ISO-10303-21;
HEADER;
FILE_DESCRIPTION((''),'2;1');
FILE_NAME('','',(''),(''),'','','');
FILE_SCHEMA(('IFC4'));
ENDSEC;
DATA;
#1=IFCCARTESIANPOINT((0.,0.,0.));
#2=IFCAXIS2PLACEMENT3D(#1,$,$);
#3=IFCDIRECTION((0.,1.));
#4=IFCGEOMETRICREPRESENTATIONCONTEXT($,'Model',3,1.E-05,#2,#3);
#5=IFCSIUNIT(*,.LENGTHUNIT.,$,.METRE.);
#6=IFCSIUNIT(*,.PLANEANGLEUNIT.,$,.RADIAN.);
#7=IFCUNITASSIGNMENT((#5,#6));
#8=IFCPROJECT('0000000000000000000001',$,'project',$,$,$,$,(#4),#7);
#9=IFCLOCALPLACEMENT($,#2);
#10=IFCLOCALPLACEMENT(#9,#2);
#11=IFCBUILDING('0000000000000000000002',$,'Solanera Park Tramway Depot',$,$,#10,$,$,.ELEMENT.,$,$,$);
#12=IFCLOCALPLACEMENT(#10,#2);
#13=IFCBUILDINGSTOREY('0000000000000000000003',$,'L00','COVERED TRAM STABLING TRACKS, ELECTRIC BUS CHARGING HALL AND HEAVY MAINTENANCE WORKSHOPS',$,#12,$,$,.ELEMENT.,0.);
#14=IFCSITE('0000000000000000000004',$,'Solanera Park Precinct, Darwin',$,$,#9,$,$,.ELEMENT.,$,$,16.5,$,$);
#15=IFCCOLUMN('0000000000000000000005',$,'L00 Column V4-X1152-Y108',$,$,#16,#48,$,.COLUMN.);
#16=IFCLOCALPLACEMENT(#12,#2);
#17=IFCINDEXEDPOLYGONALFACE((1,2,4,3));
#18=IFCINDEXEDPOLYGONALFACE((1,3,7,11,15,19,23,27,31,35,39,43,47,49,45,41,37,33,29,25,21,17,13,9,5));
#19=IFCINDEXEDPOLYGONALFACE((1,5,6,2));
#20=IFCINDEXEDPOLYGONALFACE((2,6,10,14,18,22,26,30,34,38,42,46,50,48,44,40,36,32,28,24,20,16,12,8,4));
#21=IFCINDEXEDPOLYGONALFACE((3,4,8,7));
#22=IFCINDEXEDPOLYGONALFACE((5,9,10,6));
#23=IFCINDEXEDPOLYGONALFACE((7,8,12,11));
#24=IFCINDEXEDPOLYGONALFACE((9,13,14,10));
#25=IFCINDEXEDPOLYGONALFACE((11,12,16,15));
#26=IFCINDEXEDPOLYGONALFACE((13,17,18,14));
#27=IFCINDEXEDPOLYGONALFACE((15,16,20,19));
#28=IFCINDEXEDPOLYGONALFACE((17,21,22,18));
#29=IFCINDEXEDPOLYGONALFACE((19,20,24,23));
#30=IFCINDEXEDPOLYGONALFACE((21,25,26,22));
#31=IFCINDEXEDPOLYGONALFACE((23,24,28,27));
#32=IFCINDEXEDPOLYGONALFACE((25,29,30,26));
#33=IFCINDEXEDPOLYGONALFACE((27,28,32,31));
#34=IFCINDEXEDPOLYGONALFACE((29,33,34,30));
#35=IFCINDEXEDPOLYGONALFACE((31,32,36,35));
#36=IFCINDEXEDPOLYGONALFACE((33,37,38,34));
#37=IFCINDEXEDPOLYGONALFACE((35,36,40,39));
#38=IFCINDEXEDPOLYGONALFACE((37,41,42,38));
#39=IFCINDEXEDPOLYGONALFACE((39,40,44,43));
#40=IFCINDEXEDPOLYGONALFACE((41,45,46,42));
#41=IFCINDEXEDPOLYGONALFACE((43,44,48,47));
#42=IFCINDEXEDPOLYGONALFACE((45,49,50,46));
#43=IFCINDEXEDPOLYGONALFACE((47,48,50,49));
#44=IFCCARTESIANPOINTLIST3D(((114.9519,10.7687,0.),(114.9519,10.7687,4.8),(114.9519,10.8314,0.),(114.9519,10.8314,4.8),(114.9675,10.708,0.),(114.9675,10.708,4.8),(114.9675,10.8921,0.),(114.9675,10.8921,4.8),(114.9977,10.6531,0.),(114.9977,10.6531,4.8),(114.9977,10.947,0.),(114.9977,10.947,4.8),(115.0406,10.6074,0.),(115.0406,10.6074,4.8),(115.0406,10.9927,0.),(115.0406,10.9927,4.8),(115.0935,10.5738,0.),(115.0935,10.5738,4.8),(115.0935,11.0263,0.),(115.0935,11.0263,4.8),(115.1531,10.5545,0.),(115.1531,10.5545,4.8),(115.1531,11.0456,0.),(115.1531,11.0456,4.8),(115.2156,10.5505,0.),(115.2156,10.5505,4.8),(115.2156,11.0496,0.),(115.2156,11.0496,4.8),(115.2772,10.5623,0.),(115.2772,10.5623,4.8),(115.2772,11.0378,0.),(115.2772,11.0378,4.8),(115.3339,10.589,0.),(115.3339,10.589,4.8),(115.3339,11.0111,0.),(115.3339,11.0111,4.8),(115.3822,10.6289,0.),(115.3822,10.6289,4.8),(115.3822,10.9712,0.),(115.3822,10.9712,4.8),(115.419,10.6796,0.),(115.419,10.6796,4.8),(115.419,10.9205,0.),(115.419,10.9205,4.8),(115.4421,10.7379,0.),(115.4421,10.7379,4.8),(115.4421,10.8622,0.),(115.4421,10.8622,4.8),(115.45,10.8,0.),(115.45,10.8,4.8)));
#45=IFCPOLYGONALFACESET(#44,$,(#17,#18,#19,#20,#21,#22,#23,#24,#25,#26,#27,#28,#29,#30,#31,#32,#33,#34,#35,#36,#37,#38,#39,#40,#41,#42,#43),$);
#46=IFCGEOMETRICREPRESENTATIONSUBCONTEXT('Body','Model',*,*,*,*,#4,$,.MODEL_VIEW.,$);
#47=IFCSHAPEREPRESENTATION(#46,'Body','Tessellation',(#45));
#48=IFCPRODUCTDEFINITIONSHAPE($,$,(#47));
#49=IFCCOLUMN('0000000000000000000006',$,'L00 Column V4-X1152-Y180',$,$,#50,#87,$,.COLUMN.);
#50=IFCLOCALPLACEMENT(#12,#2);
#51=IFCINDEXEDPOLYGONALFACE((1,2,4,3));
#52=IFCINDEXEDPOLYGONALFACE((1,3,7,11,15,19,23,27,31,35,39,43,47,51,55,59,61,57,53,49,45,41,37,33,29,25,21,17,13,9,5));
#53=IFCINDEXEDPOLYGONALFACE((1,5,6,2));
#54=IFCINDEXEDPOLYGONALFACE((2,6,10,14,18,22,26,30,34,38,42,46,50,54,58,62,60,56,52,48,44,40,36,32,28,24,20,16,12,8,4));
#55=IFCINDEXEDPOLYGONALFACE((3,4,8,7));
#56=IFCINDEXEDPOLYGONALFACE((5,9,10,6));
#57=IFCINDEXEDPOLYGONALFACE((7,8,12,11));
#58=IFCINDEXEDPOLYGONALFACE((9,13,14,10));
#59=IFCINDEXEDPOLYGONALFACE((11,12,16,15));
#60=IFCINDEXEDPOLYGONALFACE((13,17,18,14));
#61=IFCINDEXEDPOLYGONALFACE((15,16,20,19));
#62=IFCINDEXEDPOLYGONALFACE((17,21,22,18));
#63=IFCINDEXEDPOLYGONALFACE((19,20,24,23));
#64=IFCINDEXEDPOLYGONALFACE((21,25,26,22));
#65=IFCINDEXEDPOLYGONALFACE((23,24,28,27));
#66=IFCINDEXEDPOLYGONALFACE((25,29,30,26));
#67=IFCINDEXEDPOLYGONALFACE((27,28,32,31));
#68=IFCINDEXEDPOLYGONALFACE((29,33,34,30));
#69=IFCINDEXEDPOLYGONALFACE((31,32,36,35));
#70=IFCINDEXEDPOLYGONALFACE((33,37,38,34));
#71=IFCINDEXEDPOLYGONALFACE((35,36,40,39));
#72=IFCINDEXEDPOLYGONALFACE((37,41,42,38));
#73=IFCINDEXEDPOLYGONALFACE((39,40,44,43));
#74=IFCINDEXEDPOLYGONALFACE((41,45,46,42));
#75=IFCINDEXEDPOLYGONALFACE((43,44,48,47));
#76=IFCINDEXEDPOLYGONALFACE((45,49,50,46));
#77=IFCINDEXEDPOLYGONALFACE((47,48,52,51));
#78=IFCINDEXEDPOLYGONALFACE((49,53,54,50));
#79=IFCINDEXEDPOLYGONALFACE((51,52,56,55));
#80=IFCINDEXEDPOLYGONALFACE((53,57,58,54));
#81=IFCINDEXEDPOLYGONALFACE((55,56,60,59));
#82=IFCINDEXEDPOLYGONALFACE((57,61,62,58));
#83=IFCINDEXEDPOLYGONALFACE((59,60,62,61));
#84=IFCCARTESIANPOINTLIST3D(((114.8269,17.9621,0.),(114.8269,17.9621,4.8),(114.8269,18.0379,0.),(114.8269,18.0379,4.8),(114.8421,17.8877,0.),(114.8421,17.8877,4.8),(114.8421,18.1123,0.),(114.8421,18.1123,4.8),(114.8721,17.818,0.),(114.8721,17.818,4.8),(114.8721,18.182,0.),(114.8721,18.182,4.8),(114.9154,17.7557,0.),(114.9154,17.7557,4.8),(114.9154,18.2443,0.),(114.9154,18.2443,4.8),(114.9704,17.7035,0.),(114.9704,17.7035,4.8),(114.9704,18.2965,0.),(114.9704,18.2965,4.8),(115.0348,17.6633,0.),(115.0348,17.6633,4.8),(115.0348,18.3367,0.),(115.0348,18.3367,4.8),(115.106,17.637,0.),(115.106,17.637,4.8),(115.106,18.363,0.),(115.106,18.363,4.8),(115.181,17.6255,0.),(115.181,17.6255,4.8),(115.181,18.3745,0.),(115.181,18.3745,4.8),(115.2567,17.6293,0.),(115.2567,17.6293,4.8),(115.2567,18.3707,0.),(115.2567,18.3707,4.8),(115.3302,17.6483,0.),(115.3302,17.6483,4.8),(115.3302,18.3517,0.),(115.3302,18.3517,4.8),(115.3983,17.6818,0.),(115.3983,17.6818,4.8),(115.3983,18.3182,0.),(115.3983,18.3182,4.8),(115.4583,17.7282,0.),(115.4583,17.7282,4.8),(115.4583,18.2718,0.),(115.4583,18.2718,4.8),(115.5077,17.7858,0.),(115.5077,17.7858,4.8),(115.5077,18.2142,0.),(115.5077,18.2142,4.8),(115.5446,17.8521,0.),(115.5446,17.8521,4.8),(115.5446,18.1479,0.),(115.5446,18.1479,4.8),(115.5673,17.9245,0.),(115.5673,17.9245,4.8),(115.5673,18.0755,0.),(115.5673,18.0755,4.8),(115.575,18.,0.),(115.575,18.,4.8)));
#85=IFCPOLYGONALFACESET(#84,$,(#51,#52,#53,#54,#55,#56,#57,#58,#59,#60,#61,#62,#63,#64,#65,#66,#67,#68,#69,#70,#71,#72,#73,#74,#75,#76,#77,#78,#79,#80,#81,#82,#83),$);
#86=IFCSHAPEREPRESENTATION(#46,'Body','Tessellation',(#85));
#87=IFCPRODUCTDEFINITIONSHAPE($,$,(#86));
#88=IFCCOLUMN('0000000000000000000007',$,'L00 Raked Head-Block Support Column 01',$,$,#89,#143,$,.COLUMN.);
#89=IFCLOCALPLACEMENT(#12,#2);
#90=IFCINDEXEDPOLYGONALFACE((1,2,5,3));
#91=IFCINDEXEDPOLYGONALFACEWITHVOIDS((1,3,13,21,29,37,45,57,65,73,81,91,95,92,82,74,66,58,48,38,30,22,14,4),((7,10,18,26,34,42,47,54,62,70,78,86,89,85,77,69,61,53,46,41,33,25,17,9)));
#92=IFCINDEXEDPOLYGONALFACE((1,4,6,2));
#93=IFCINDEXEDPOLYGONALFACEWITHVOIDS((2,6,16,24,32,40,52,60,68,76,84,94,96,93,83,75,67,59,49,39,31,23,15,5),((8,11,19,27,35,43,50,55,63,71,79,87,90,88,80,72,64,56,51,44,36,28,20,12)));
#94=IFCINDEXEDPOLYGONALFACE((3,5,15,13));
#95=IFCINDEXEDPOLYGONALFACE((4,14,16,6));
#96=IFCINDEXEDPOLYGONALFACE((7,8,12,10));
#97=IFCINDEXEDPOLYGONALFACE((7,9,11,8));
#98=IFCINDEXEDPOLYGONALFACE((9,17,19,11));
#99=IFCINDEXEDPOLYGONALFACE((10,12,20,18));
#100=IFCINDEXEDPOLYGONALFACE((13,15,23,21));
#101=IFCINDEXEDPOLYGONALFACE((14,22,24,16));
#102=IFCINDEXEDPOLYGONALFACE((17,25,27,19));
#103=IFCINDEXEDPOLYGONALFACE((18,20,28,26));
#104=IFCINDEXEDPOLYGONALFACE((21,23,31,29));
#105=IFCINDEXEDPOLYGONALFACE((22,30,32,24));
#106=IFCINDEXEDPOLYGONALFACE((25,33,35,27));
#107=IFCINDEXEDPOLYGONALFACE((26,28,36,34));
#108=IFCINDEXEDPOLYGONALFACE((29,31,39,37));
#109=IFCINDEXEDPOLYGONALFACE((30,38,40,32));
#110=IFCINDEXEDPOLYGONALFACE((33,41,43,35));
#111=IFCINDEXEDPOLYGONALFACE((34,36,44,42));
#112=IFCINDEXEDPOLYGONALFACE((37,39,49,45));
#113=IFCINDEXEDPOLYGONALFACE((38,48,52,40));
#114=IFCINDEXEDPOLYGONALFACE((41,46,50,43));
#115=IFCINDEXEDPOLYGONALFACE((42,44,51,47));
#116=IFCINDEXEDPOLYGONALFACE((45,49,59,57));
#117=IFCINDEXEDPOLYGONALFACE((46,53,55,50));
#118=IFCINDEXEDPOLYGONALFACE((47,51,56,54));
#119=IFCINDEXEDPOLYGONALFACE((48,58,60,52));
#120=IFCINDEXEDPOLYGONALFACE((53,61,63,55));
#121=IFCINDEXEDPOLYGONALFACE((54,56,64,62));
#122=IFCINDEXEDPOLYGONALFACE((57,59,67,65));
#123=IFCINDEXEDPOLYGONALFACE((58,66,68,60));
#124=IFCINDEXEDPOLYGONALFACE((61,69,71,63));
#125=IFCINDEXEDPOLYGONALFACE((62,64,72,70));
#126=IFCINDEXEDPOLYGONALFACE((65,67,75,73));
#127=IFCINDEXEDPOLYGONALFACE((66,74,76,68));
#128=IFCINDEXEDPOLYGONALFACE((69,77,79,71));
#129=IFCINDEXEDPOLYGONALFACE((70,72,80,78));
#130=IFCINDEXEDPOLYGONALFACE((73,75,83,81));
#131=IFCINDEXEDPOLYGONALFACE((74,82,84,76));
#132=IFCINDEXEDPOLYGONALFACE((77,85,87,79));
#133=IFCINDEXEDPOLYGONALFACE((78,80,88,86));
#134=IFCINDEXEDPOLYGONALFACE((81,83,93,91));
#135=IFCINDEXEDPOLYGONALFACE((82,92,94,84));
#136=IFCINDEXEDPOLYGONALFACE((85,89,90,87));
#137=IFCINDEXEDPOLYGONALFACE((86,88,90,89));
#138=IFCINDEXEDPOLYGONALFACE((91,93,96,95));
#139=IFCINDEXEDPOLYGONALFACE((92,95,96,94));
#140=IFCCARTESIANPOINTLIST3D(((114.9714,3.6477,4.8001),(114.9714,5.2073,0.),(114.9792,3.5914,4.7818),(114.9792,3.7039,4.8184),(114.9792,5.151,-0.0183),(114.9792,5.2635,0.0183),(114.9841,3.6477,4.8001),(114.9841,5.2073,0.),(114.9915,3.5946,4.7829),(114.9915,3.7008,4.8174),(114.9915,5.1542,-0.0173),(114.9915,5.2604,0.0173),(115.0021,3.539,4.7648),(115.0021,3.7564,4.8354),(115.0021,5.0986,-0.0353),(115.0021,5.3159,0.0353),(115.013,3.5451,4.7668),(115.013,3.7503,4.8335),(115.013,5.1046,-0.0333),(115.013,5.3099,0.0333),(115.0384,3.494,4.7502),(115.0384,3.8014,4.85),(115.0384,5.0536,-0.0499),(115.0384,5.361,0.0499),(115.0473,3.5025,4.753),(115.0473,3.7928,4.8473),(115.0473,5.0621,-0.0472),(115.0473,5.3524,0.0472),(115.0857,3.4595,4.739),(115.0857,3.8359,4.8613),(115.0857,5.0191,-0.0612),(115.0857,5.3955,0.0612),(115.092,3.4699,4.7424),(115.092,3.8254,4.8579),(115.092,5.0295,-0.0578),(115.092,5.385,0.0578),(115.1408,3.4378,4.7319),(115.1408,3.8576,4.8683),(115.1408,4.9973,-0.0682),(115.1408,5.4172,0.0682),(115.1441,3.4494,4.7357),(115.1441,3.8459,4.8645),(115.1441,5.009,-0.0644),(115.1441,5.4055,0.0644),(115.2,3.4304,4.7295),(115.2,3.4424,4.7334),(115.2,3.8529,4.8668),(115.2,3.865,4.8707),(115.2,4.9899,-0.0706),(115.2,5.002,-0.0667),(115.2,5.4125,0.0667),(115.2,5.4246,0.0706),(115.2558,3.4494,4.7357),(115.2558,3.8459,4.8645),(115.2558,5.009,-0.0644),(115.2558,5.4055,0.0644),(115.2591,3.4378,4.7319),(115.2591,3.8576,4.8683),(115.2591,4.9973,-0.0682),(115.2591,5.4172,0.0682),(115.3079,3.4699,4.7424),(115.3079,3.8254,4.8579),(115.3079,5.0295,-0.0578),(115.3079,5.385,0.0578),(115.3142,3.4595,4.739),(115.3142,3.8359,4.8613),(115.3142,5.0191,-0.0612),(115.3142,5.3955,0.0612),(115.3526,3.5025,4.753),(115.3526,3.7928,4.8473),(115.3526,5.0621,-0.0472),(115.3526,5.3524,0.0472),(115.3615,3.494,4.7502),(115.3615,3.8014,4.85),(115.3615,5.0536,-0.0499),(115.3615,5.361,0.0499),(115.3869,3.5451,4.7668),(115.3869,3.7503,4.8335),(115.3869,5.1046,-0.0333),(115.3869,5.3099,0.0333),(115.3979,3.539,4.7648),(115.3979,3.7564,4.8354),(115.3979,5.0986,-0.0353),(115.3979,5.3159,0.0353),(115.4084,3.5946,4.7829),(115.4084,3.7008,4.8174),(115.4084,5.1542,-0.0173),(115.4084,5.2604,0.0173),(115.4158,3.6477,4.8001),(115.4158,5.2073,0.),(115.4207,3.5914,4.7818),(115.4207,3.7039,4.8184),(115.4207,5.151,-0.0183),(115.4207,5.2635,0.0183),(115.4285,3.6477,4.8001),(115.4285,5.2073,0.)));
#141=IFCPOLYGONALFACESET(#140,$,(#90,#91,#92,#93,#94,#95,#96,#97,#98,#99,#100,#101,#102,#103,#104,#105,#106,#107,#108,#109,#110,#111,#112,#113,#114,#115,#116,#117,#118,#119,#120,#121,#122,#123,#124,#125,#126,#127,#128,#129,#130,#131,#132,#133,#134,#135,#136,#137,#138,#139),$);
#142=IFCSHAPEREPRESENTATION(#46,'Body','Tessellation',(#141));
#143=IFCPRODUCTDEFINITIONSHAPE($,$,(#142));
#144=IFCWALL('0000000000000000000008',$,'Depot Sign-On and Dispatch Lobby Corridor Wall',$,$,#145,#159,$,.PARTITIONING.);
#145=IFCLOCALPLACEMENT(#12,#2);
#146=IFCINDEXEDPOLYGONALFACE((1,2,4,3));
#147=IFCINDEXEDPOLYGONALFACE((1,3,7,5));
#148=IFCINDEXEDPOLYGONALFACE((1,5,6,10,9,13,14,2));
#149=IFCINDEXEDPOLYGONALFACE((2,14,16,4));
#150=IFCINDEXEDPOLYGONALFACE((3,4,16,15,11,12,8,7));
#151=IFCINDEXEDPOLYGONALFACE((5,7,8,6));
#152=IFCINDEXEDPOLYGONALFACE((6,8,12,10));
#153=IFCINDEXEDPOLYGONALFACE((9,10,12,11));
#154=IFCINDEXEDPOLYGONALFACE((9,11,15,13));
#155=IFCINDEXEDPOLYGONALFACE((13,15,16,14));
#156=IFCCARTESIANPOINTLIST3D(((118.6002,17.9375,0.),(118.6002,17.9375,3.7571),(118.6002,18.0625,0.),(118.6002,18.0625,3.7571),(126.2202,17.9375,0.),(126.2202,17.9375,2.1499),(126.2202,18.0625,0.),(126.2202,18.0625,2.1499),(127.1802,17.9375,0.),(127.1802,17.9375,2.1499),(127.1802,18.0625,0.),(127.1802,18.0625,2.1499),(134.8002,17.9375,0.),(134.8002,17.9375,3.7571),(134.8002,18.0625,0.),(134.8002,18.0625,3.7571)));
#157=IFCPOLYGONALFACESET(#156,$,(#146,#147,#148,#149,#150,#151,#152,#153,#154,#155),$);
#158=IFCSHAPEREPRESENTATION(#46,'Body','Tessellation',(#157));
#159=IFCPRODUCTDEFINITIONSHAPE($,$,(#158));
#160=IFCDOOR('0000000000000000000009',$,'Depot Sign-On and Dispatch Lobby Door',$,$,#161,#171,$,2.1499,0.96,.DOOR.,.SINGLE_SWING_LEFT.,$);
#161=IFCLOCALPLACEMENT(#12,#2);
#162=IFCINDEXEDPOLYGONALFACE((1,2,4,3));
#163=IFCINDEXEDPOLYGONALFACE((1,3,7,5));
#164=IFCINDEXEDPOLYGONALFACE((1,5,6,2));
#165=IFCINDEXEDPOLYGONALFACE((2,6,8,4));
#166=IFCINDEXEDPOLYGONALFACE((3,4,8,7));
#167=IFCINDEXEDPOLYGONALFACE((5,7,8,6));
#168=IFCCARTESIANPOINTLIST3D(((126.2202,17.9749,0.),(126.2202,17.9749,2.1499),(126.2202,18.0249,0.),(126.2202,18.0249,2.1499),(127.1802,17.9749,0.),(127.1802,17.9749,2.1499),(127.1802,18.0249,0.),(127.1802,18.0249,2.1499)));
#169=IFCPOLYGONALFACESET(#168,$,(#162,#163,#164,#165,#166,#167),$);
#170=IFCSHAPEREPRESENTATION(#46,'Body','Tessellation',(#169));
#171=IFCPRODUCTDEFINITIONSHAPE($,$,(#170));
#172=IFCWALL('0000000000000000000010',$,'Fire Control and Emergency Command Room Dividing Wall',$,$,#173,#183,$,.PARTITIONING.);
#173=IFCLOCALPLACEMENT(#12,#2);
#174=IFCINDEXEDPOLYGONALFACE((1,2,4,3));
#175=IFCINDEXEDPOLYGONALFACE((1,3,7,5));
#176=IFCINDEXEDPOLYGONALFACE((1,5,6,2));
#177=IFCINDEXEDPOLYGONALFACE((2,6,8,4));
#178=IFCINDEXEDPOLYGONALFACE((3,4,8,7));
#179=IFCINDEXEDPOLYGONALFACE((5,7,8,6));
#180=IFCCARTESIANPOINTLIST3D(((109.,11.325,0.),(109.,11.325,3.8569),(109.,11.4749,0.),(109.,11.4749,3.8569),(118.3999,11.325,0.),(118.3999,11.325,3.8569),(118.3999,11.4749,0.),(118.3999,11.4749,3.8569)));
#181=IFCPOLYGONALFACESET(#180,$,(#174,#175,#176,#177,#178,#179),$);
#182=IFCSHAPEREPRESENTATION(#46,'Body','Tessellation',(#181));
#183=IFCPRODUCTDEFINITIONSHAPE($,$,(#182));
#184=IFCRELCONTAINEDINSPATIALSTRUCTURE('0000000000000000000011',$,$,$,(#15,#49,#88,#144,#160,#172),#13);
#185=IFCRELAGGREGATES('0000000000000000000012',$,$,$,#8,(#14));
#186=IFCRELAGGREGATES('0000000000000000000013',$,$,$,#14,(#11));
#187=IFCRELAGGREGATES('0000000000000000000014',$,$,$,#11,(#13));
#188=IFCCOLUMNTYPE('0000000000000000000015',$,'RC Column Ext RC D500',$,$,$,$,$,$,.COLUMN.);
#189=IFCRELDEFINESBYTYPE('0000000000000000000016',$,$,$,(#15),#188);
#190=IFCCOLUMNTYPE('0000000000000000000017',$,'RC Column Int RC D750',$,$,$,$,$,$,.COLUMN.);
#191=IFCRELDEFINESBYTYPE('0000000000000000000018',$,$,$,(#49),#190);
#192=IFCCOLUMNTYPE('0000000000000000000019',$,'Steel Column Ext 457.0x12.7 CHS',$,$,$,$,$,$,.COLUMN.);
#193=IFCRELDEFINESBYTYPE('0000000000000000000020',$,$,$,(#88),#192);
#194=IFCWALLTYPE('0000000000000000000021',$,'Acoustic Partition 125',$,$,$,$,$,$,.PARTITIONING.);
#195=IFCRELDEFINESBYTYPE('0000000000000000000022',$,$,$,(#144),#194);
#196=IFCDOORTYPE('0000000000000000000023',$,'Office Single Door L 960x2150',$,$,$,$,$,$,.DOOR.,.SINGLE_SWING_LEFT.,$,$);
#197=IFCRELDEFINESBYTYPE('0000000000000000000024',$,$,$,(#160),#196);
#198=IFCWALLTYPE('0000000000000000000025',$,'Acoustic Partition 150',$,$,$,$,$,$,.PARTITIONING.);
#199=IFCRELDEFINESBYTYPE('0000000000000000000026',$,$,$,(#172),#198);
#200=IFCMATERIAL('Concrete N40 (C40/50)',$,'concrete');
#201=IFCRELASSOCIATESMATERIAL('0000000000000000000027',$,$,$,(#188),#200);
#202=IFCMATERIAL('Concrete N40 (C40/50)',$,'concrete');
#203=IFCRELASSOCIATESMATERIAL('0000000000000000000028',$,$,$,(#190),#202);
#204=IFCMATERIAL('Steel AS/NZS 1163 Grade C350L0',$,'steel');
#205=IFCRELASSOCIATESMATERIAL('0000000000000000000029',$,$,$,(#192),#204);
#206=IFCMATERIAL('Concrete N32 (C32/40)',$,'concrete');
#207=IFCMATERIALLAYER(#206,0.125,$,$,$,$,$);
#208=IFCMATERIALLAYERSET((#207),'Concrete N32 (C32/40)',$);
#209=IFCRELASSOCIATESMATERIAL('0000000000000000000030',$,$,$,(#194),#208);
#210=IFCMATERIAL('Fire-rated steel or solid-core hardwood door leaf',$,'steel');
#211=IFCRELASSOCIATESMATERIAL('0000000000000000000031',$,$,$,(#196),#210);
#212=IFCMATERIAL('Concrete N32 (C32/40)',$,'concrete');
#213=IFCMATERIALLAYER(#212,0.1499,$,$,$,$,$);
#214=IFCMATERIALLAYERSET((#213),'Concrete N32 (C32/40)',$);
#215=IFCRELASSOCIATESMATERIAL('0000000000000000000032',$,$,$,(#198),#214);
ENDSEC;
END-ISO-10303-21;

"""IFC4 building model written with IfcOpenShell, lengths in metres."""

from ifc_helpers import new_model, si_unit, direction, frame, frame_2d, origin, origin_2d, place, context, subcontext, project, spatial, rectangle, circle, hollow_circle, extrude, material, layer, layer_set, material_profile, profile_set, type_object, element, fill, save


model = new_model("IFC4")

# Units and contexts
model_context = context("Model", 3, precision=1e-05, world=origin(), true_north=direction((0.0, 1.0)))
body_context = subcontext(model_context, "Body", "Model", "MODEL_VIEW")
ifc_project = project(units=[si_unit("LENGTHUNIT", "METRE"), si_unit("PLANEANGLEUNIT", "RADIAN")], contexts=[model_context])

# Site, building, storey
site_placement = place(None, origin())
site = spatial("IfcSite", under=ifc_project, at=site_placement, Name="Solanera Park Precinct, Darwin", CompositionType="ELEMENT", RefElevation=16.5)
building_placement = place(site_placement, origin())
building = spatial("IfcBuilding", under=site, at=building_placement, Name="Solanera Park Tramway Depot", CompositionType="ELEMENT")
storey_placement = place(building_placement, origin())
storey = spatial("IfcBuildingStorey", under=building, at=storey_placement, Name="L00", Description="COVERED TRAM STABLING TRACKS, ELECTRIC BUS CHARGING HALL AND HEAVY MAINTENANCE WORKSHOPS", CompositionType="ELEMENT", Elevation=0.0)

# Columns
ifc_material_1 = material(Name="Concrete N40 (C40/50)", Category="concrete")
ifc_material_profile_1 = material_profile(ifc_material_1, circle(Radius=0.25, at=origin_2d()), Name="RC D500")
ifc_profile_set_1 = profile_set([ifc_material_profile_1], Name="Concrete N40 (C40/50)")
column_type_1 = type_object("IfcColumnType", Name="RC Column Ext RC D500", PredefinedType="COLUMN", material=ifc_profile_set_1)
column_1_placement = place(storey_placement, frame((115.2, 10.8, 0.0), z_axis=(0.0, 0.0, 1.0), x_axis=(1.0, 0.0, 0.0)))
element("IfcColumn", 1, at=column_1_placement, inside=storey, type_object=column_type_1, Name="L00 Column V4-X1152-Y108", PredefinedType="COLUMN", context=body_context, shape_type="SweptSolid", body=[
    extrude(circle(Radius=0.25, at=origin_2d()), origin(), (0.0, 0.0, 1.0), 4.8),
])
ifc_material_2 = material(Name="Concrete N40 (C40/50)", Category="concrete")
ifc_material_profile_2 = material_profile(ifc_material_2, circle(Radius=0.375, at=origin_2d()), Name="RC D750")
ifc_profile_set_2 = profile_set([ifc_material_profile_2], Name="Concrete N40 (C40/50)")
column_type_2 = type_object("IfcColumnType", Name="RC Column Int RC D750", PredefinedType="COLUMN", material=ifc_profile_set_2)
column_2_placement = place(storey_placement, frame((115.2, 18.0, 0.0), z_axis=(0.0, 0.0, 1.0), x_axis=(1.0, 0.0, 0.0)))
element("IfcColumn", 2, at=column_2_placement, inside=storey, type_object=column_type_2, Name="L00 Column V4-X1152-Y180", PredefinedType="COLUMN", context=body_context, shape_type="SweptSolid", body=[
    extrude(circle(Radius=0.375, at=origin_2d()), origin(), (0.0, 0.0, 1.0), 4.8),
])
ifc_material_3 = material(Name="Steel AS/NZS 1163 Grade C350L0", Category="steel")
ifc_material_profile_3 = material_profile(ifc_material_3, hollow_circle(Radius=0.2285, WallThickness=0.0127, at=origin_2d()), Name="457.0x12.7 CHS")
ifc_profile_set_3 = profile_set([ifc_material_profile_3], Name="Steel AS/NZS 1163 Grade C350L0")
column_type_3 = type_object("IfcColumnType", Name="Steel Column Ext 457.0x12.7 CHS", PredefinedType="COLUMN", material=ifc_profile_set_3)
column_3_placement = place(storey_placement, frame((115.2, 5.2073, 0.0), z_axis=(0.0, -0.309006, 0.95106), x_axis=(1.0, 0.0, 0.0)))
element("IfcColumn", 3, at=column_3_placement, inside=storey, type_object=column_type_3, Name="L00 Raked Head-Block Support Column 01", PredefinedType="COLUMN", context=body_context, shape_type="SweptSolid", body=[
    extrude(hollow_circle(Radius=0.2285, WallThickness=0.0127, at=origin_2d()), origin(), (0.0, 0.0, 1.0), 5.0471),
])

# Wall, opening, door
ifc_material_4 = material(Name="Concrete N32 (C32/40)", Category="concrete")
ifc_layer_1 = layer(ifc_material_4, 0.125)
ifc_layer_set_1 = layer_set([ifc_layer_1], Name="Concrete N32 (C32/40)")
wall_type_1 = type_object("IfcWallType", Name="Acoustic Partition 125", PredefinedType="PARTITIONING", material=ifc_layer_set_1)
wall_1_placement = place(storey_placement, frame((118.6001, 18.0, 0.0), z_axis=(0.0, 0.0, 1.0), x_axis=(1.0, 0.0, 0.0)))
wall_1 = element("IfcWall", 4, at=wall_1_placement, inside=storey, type_object=wall_type_1, Name="Depot Sign-On and Dispatch Lobby Corridor Wall", PredefinedType="PARTITIONING", context=body_context, shape_type="SweptSolid", body=[
    extrude(rectangle(XDim=16.2, YDim=0.125, at=frame_2d((8.1001, 0.0))), origin(), (0.0, 0.0, 1.0), 3.7571),
])
opening_1_placement = place(wall_1_placement, frame((7.6201, 0.0, 0.0)))
opening_1 = element("IfcOpeningElement", 5, at=opening_1_placement, cuts=wall_1, PredefinedType="OPENING", context=body_context, shape_type="SweptSolid", body=[
    extrude(rectangle(XDim=0.96, YDim=2.1499, at=frame_2d((0.48, 1.075))), frame((0.0, 0.0725, 0.0), z_axis=(0.0, -1.0, 0.0), x_axis=(1.0, 0.0, 0.0)), (0.0, 0.0, 1.0), 0.145),
])
ifc_material_5 = material(Name="Fire-rated steel or solid-core hardwood door leaf", Category="steel")
door_type_1 = type_object("IfcDoorType", Name="Office Single Door L 960x2150", OperationType="SINGLE_SWING_LEFT", PredefinedType="DOOR", material=ifc_material_5)
door_1_placement = place(opening_1_placement, origin())
door_1 = element("IfcDoor", 6, at=door_1_placement, inside=storey, type_object=door_type_1, Name="Depot Sign-On and Dispatch Lobby Door", OperationType="SINGLE_SWING_LEFT", OverallHeight=2.1499, OverallWidth=0.96, PredefinedType="DOOR", context=body_context, shape_type="SweptSolid", body=[
    extrude(rectangle(XDim=0.96, YDim=2.1499, at=frame_2d((0.48, 1.075))), frame((0.0, 0.0249, 0.0), z_axis=(0.0, -1.0, 0.0), x_axis=(1.0, 0.0, 0.0)), (0.0, 0.0, 1.0), 0.05),
])
fill(opening_1, door_1)

# Wall
ifc_material_6 = material(Name="Concrete N32 (C32/40)", Category="concrete")
ifc_layer_2 = layer(ifc_material_6, 0.1499)
ifc_layer_set_2 = layer_set([ifc_layer_2], Name="Concrete N32 (C32/40)")
wall_type_2 = type_object("IfcWallType", Name="Acoustic Partition 150", PredefinedType="PARTITIONING", material=ifc_layer_set_2)
wall_2_placement = place(storey_placement, frame((118.3999, 11.3999, 0.0), z_axis=(0.0, 0.0, 1.0), x_axis=(-1.0, 0.0, 0.0)))
element("IfcWall", 7, at=wall_2_placement, inside=storey, type_object=wall_type_2, Name="Fire Control and Emergency Command Room Dividing Wall", PredefinedType="PARTITIONING", context=body_context, shape_type="SweptSolid", body=[
    extrude(rectangle(XDim=9.3999, YDim=0.1499, at=frame_2d((4.7, 0.0))), origin(), (0.0, 0.0, 1.0), 3.8569),
])

save(model, "model.ifc")
